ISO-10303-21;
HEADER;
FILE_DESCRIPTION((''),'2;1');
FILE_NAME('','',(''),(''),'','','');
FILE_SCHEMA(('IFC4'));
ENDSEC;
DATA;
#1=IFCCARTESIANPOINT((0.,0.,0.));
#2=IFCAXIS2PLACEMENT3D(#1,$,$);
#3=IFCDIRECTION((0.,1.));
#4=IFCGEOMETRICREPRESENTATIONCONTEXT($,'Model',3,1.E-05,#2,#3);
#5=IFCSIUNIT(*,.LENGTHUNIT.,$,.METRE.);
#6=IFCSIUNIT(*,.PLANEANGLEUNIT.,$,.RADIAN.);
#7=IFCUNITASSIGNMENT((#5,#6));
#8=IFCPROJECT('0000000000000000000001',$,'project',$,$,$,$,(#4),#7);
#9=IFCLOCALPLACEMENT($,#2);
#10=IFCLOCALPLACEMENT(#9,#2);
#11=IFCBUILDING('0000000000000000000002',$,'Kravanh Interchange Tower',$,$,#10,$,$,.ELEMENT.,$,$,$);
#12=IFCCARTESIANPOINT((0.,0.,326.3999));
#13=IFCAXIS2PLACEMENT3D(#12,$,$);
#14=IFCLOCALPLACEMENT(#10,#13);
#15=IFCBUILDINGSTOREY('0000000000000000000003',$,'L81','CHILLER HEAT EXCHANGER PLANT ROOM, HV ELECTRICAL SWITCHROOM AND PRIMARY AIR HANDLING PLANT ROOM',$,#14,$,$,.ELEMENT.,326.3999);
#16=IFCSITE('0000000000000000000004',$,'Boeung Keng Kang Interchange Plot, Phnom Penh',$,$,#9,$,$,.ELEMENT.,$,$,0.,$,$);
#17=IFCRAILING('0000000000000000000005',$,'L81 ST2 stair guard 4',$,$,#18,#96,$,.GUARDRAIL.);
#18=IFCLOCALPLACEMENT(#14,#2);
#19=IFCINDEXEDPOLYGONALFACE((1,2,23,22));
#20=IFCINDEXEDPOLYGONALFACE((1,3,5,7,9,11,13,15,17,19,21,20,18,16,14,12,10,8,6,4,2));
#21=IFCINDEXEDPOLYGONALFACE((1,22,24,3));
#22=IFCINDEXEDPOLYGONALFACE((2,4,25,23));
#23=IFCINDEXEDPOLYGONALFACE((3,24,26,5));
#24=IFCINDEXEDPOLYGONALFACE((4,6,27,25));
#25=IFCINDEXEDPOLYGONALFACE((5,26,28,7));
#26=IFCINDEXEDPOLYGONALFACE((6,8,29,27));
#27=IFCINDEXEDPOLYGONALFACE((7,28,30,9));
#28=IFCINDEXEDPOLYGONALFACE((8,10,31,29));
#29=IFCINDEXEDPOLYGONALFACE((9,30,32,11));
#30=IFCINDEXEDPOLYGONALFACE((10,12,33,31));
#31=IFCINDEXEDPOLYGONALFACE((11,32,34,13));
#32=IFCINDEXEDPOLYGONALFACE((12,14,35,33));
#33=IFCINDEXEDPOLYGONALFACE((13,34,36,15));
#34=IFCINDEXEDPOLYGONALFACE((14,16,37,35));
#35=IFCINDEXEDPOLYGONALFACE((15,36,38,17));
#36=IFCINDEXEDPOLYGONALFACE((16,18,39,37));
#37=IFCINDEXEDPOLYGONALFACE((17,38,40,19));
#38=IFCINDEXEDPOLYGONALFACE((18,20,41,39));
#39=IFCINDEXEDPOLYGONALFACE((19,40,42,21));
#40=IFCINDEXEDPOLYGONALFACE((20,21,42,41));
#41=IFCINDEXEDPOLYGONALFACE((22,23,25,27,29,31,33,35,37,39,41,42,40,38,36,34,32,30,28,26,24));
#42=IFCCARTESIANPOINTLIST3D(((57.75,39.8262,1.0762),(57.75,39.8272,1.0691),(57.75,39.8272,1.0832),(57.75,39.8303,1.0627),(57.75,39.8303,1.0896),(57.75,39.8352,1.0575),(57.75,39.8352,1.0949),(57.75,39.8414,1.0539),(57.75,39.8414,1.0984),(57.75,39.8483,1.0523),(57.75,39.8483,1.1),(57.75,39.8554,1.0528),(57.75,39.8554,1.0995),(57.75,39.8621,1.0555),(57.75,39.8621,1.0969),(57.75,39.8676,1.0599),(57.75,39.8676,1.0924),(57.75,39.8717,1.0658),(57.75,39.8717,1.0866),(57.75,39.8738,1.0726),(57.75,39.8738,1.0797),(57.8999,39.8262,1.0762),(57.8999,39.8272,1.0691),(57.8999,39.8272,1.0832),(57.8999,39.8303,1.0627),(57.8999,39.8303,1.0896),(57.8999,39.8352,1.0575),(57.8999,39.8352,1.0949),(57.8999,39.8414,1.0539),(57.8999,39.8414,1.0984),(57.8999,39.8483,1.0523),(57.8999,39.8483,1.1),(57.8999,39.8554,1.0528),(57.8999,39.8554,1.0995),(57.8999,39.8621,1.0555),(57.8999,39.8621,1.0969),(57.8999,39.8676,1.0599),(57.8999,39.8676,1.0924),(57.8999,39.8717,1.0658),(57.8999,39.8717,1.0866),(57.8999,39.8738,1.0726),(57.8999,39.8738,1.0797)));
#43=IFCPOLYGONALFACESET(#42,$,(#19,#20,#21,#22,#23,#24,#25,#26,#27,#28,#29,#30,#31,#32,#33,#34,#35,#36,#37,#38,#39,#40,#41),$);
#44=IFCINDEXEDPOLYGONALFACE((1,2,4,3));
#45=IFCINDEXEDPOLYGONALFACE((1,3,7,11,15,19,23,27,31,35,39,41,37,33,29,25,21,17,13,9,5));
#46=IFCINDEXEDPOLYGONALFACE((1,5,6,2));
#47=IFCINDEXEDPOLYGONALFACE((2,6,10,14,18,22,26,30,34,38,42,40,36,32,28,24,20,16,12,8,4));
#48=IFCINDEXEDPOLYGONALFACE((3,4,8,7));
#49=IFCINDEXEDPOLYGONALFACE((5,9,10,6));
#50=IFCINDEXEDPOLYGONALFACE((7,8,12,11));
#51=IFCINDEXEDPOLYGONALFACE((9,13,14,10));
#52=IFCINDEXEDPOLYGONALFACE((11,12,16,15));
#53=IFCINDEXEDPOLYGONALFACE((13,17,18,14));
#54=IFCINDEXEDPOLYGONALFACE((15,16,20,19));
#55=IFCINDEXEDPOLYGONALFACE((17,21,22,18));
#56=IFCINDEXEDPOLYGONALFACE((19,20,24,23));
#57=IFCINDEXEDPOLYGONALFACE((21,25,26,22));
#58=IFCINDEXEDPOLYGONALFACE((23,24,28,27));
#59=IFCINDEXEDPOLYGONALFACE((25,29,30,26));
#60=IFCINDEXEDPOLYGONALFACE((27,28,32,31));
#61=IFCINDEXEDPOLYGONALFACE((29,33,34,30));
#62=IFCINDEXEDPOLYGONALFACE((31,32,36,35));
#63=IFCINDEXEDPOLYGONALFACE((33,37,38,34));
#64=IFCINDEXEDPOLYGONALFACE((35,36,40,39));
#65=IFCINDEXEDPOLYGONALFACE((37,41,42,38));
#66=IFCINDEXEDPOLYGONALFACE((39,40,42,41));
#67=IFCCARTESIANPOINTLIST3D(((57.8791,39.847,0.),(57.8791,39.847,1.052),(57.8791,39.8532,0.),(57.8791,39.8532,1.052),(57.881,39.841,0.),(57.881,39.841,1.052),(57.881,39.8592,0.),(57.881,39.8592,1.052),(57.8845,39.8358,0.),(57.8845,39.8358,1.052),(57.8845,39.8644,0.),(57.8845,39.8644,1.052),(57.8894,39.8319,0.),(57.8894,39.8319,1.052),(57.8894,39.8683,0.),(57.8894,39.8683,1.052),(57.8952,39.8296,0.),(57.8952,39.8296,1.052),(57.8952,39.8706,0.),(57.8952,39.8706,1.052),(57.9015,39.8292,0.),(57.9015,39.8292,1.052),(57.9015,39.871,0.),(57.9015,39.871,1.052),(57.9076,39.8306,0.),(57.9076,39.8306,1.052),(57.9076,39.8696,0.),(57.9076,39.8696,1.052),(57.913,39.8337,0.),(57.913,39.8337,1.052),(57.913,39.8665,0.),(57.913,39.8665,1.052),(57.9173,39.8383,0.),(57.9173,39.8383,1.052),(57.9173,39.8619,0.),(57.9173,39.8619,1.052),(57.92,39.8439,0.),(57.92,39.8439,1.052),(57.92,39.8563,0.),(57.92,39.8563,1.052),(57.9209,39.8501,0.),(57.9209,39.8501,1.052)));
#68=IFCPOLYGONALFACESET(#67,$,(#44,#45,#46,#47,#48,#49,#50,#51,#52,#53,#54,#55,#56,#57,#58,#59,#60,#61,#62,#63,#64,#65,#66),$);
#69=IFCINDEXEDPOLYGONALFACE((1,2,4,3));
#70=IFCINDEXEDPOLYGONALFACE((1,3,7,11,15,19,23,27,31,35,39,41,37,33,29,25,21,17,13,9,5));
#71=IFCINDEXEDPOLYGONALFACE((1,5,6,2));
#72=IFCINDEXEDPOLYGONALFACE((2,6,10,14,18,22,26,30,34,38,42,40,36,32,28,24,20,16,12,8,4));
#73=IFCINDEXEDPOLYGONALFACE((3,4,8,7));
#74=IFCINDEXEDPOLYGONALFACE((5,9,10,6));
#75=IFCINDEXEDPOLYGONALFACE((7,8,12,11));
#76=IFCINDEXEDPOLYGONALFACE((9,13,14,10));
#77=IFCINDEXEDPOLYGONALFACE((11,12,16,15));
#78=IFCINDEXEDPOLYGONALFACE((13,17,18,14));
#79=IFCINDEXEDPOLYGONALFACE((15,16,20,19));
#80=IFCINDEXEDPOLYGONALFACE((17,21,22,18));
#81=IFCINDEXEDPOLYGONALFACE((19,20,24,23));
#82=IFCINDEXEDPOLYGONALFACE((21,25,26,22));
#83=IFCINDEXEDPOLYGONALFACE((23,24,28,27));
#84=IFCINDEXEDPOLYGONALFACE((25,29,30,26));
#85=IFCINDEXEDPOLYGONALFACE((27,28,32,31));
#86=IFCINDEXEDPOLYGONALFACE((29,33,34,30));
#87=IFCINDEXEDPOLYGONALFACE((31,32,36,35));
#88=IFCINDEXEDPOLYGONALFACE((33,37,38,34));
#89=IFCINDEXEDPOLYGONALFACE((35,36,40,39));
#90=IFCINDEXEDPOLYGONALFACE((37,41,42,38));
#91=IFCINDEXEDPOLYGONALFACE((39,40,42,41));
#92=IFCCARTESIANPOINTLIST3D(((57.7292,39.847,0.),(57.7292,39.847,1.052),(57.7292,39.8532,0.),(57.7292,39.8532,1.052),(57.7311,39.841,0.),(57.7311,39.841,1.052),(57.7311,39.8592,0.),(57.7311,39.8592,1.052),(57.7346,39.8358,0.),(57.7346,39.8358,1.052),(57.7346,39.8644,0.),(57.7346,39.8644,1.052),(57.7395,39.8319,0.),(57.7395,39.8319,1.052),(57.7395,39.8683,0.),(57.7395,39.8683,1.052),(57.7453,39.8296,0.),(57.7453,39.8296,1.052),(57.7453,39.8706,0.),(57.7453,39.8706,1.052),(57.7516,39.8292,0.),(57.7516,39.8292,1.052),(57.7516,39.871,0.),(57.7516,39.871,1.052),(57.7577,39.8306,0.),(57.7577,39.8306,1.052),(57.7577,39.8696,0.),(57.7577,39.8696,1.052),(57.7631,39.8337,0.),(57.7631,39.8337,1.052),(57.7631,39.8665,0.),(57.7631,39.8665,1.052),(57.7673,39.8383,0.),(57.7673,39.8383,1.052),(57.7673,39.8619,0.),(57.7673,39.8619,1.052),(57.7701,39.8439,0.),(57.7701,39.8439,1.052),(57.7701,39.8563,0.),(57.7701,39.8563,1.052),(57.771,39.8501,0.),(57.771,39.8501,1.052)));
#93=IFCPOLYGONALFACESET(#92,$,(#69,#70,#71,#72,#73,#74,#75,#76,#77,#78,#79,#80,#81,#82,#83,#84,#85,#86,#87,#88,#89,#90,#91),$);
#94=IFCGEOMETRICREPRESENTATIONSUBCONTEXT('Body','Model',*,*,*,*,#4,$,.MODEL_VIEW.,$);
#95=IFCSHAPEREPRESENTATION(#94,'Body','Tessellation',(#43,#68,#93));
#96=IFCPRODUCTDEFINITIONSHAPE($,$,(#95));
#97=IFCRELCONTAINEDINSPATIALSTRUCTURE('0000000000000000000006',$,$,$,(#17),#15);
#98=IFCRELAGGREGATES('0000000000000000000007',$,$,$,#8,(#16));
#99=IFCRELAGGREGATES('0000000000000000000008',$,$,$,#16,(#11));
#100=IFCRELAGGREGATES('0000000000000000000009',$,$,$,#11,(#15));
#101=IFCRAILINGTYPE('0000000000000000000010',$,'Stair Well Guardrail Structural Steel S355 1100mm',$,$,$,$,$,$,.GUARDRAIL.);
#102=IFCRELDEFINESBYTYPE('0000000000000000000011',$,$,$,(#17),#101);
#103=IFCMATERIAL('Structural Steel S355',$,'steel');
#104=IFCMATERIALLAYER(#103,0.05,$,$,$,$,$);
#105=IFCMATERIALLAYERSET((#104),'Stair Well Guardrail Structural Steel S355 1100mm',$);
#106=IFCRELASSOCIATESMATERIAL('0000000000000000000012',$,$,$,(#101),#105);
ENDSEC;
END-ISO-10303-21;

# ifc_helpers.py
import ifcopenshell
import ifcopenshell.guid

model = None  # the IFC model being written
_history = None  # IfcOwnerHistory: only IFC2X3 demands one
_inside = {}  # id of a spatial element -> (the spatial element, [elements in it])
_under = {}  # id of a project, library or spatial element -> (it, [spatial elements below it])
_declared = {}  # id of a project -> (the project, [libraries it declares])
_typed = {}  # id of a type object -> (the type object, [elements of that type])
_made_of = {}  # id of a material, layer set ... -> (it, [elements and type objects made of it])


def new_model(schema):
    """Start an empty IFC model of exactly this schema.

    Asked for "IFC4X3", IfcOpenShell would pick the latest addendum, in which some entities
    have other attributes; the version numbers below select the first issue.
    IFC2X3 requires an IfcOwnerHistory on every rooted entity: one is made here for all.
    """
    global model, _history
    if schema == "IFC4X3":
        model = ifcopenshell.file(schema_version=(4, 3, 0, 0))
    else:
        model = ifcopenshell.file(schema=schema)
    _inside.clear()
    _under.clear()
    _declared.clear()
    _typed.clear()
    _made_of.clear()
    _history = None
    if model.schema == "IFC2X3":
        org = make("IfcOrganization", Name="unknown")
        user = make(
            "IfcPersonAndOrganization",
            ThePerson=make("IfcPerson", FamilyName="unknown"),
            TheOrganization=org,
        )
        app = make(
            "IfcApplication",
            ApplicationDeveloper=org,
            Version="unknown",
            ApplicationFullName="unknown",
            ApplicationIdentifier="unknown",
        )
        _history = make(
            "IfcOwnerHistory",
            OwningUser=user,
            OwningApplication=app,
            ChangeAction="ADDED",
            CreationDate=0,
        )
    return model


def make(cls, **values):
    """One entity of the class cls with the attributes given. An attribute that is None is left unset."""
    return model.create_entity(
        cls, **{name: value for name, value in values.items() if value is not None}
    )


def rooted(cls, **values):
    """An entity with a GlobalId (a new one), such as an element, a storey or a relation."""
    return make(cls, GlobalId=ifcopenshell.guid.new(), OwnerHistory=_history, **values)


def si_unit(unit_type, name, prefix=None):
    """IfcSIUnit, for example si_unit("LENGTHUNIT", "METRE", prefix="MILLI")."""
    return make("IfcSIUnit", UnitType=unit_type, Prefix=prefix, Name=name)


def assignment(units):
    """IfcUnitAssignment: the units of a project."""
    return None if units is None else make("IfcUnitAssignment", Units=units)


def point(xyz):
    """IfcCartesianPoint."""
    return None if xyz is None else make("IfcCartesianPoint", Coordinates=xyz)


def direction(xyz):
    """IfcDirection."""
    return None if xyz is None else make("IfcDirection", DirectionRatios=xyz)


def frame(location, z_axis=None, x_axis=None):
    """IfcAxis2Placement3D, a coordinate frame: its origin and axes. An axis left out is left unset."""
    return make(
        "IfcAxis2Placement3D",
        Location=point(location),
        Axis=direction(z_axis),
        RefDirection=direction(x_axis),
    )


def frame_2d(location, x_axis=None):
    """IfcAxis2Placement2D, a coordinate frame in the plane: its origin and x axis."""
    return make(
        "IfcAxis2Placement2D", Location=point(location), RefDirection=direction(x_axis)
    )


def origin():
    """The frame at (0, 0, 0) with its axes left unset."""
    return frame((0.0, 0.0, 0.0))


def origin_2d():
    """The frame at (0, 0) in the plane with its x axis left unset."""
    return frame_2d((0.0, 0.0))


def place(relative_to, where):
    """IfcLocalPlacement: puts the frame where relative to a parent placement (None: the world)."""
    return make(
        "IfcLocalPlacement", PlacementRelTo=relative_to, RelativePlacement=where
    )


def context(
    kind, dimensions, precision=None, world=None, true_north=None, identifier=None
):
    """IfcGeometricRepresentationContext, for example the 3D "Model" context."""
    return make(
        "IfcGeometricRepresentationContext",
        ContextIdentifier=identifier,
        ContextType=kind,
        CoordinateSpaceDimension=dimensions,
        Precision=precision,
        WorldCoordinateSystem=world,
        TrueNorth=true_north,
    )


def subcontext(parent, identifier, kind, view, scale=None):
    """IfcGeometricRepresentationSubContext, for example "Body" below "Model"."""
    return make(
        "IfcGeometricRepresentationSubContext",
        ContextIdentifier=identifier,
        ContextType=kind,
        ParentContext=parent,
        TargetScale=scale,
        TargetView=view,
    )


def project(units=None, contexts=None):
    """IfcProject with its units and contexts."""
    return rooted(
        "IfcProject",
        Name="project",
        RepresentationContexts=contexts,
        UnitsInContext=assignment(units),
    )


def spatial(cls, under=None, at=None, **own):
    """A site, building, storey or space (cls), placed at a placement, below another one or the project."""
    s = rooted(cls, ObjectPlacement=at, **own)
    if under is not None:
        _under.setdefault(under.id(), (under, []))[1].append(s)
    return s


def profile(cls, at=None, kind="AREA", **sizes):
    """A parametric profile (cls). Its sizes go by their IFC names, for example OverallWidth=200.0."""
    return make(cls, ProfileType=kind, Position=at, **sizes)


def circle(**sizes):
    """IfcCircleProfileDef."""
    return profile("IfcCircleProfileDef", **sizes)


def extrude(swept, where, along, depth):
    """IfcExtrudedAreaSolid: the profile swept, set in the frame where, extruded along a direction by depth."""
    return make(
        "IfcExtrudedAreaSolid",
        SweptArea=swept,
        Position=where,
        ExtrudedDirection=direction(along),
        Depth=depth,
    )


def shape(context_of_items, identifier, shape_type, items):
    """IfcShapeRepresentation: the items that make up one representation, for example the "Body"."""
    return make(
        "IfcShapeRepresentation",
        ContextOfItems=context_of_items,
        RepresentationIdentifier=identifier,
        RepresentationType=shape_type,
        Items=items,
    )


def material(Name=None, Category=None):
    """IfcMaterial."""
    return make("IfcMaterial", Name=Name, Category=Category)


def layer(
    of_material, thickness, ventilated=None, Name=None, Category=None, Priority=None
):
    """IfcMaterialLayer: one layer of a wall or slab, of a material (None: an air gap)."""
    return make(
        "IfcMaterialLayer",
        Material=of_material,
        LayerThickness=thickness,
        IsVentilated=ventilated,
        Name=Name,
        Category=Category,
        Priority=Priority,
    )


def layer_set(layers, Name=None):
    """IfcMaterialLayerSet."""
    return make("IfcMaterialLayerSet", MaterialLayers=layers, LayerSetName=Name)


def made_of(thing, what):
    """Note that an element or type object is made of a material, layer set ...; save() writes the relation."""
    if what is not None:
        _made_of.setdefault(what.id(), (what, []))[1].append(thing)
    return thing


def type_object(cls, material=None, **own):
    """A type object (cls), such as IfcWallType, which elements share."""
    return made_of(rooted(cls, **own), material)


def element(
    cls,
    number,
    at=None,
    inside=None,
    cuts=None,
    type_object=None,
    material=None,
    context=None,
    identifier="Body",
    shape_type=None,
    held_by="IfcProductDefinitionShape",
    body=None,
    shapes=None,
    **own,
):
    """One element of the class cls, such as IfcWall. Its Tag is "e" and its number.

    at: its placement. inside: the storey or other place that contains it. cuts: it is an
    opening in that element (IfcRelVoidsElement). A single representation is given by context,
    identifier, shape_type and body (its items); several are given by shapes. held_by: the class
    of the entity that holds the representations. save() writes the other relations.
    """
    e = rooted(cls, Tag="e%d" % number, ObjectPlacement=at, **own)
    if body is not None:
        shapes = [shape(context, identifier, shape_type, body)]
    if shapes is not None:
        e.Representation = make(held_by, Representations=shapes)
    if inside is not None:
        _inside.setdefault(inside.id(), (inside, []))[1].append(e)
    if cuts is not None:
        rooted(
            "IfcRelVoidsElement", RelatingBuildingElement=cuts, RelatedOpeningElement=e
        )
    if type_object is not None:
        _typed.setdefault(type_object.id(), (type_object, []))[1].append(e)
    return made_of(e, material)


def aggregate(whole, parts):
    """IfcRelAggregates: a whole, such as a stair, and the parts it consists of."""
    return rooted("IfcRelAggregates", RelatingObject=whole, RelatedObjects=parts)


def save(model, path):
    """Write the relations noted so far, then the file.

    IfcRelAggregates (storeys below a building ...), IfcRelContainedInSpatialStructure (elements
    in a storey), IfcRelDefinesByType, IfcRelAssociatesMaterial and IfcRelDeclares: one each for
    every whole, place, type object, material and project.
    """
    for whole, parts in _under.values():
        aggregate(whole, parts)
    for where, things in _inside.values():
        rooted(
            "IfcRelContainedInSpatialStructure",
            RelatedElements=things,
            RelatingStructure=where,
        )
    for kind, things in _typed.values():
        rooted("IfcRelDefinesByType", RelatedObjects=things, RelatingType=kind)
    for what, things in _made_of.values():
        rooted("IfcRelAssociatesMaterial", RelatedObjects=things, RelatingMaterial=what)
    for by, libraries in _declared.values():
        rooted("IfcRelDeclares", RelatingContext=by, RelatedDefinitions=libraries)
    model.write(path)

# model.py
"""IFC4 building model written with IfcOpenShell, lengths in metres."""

from ifc_helpers import new_model, si_unit, direction, frame, origin, origin_2d, place, context, subcontext, project, spatial, circle, extrude, material, layer, layer_set, type_object, element, save


model = new_model("IFC4")

# Units and contexts
model_context = context("Model", 3, precision=1e-05, world=origin(), true_north=direction((0.0, 1.0)))
body_context = subcontext(model_context, "Body", "Model", "MODEL_VIEW")
ifc_project = project(units=[si_unit("LENGTHUNIT", "METRE"), si_unit("PLANEANGLEUNIT", "RADIAN")], contexts=[model_context])

# Site, building, storey
site_placement = place(None, origin())
site = spatial("IfcSite", under=ifc_project, at=site_placement, Name="Boeung Keng Kang Interchange Plot, Phnom Penh", CompositionType="ELEMENT", RefElevation=0.0)
building_placement = place(site_placement, origin())
building = spatial("IfcBuilding", under=site, at=building_placement, Name="Kravanh Interchange Tower", CompositionType="ELEMENT")
storey_placement = place(building_placement, frame((0.0, 0.0, 326.3999)))
storey = spatial("IfcBuildingStorey", under=building, at=storey_placement, Name="L81", Description="CHILLER HEAT EXCHANGER PLANT ROOM, HV ELECTRICAL SWITCHROOM AND PRIMARY AIR HANDLING PLANT ROOM", CompositionType="ELEMENT", Elevation=326.3999)

# Railing
ifc_material_1 = material(Name="Structural Steel S355", Category="steel")
ifc_layer_1 = layer(ifc_material_1, 0.05)
ifc_layer_set_1 = layer_set([ifc_layer_1], Name="Stair Well Guardrail Structural Steel S355 1100mm")
railing_type_1 = type_object("IfcRailingType", Name="Stair Well Guardrail Structural Steel S355 1100mm", PredefinedType="GUARDRAIL", material=ifc_layer_set_1)
railing_1_placement = place(storey_placement, frame((57.8999, 39.8501, 0.0)))
element("IfcRailing", 1, at=railing_1_placement, inside=storey, type_object=railing_type_1, Name="L81 ST2 stair guard 4", PredefinedType="GUARDRAIL", context=body_context, shape_type="SweptSolid", body=[
    extrude(circle(Radius=0.0239, at=origin_2d()), frame((0.0, 0.0, 1.0762), z_axis=(-1.0, 0.0, 0.0), x_axis=(0.0, -1.0, 0.0)), (0.0, 0.0, 1.0), 0.1499),
    extrude(circle(Radius=0.021, at=origin_2d()), origin(), (0.0, 0.0, 1.0), 1.052),
    extrude(circle(Radius=0.021, at=origin_2d()), frame((-0.1499, 0.0, 0.0)), (0.0, 0.0, 1.0), 1.052),
])

save(model, "model.ifc")
